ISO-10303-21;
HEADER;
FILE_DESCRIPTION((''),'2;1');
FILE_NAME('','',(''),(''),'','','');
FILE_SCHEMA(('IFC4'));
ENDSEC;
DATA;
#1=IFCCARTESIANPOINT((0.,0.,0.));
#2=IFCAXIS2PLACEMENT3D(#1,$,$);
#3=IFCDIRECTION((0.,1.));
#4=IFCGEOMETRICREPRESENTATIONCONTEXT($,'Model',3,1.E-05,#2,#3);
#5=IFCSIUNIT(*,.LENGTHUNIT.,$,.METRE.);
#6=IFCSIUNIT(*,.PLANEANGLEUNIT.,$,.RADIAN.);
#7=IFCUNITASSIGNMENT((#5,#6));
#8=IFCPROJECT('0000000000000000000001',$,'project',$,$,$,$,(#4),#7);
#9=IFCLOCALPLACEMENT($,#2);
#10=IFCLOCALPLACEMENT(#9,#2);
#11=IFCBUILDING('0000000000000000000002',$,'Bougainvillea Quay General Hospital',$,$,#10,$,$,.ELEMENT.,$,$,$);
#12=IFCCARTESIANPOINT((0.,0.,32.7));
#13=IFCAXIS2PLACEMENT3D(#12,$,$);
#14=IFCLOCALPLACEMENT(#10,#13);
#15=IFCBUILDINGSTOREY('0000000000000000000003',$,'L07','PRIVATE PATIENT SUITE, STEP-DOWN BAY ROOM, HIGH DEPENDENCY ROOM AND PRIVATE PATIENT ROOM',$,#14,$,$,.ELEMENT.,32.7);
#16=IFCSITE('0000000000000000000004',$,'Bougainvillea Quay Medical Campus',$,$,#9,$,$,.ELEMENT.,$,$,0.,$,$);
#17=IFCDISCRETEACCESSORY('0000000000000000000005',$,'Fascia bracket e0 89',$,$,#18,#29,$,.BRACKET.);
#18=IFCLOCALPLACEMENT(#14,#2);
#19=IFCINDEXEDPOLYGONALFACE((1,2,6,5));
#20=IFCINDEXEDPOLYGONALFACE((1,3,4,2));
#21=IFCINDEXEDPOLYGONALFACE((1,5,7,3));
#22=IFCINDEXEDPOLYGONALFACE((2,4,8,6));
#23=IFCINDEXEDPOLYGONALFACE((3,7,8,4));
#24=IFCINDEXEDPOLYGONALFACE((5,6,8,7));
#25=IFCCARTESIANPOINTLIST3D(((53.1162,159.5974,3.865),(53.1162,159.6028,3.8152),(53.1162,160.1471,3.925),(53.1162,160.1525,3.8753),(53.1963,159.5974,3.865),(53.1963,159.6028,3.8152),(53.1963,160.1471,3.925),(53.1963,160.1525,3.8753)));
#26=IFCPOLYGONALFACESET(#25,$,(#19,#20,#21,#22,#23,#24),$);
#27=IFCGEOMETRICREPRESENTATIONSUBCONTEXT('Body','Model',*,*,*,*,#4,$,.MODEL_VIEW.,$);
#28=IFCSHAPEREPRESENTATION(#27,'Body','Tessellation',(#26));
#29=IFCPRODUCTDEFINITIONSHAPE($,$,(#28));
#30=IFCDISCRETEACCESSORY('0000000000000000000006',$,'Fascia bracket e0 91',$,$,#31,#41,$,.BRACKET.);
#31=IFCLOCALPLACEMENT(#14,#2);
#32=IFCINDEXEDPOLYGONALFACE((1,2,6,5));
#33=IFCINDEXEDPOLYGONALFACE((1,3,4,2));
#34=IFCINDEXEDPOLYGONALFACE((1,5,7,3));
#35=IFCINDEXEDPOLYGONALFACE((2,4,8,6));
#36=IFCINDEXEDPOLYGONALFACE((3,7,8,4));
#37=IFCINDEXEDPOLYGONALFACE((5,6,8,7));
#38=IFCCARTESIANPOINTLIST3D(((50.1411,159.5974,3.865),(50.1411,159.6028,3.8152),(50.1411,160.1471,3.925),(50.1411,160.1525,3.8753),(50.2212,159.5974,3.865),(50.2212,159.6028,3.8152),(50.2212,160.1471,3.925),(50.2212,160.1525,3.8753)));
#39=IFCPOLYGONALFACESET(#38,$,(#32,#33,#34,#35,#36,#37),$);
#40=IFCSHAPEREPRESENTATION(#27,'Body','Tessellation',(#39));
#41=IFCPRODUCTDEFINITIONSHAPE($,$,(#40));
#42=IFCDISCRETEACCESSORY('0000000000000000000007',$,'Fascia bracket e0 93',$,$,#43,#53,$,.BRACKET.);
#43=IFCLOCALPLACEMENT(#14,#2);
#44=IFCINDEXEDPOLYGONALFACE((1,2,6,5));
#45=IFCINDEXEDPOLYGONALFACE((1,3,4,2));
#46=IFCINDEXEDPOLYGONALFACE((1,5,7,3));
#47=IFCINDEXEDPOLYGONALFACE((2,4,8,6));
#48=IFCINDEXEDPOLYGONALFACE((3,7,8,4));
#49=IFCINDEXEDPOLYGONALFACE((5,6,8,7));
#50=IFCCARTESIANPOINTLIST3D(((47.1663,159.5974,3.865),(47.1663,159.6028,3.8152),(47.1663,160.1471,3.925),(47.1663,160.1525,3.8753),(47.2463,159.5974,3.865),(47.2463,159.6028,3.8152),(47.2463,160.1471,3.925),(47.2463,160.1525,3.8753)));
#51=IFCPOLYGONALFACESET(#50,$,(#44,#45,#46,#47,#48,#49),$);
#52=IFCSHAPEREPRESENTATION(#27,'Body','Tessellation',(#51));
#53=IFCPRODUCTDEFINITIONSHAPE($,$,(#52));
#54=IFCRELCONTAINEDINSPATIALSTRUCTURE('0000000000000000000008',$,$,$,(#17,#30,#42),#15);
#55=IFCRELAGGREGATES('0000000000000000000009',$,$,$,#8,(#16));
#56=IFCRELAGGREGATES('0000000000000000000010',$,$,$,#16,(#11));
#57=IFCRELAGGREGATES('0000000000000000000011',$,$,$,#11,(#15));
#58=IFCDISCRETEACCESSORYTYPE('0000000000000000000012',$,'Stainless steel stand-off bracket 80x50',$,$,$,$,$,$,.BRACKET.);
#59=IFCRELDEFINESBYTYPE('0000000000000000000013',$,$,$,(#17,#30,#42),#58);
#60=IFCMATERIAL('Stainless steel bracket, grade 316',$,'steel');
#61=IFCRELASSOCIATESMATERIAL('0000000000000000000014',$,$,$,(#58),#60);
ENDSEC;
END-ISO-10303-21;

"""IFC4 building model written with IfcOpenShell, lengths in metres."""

from ifc_helpers import new_model, si_unit, direction, frame, origin, origin_2d, place, context, subcontext, project, spatial, rectangle, extrude, material, material_profile, profile_set, type_object, element, save


model = new_model("IFC4")

# Units and contexts
model_context = context("Model", 3, precision=1e-05, world=origin(), true_north=direction((0.0, 1.0)))
body_context = subcontext(model_context, "Body", "Model", "MODEL_VIEW")
ifc_project = project(units=[si_unit("LENGTHUNIT", "METRE"), si_unit("PLANEANGLEUNIT", "RADIAN")], contexts=[model_context])

# Site, building, storey
site_placement = place(None, origin())
site = spatial("IfcSite", under=ifc_project, at=site_placement, Name="Bougainvillea Quay Medical Campus", CompositionType="ELEMENT", RefElevation=0.0)
building_placement = place(site_placement, origin())
building = spatial("IfcBuilding", under=site, at=building_placement, Name="Bougainvillea Quay General Hospital", CompositionType="ELEMENT")
storey_placement = place(building_placement, frame((0.0, 0.0, 32.7)))
storey = spatial("IfcBuildingStorey", under=building, at=storey_placement, Name="L07", Description="PRIVATE PATIENT SUITE, STEP-DOWN BAY ROOM, HIGH DEPENDENCY ROOM AND PRIVATE PATIENT ROOM", CompositionType="ELEMENT", Elevation=32.7)

# Discrete accessories
ifc_material_1 = material(Name="Stainless steel bracket, grade 316", Category="steel")
ifc_material_profile_1 = material_profile(ifc_material_1, rectangle(XDim=0.0801, YDim=0.05, at=origin_2d()))
ifc_profile_set_1 = profile_set([ifc_material_profile_1], Name="Stainless steel bracket, grade 316")
discrete_accessory_type_1 = type_object("IfcDiscreteAccessoryType", Name="Stainless steel stand-off bracket 80x50", PredefinedType="BRACKET", material=ifc_profile_set_1)
for number, where, z_axis, x_axis, name in (
    (1, (53.1562, 159.6001, 3.8401), (0.0, 0.994087, 0.10859), (-1.0, 0.0, 0.0), "Fascia bracket e0 89"),
    (2, (50.1812, 159.6001, 3.8401), (0.0, 0.994087, 0.10859), (-1.0, 0.0, 0.0), "Fascia bracket e0 91"),
    (3, (47.2063, 159.6001, 3.8401), (0.0, 0.994087, 0.10859), (-1.0, 0.0, 0.0), "Fascia bracket e0 93"),
):
    element("IfcDiscreteAccessory", number, at=place(storey_placement, frame(where, z_axis=z_axis, x_axis=x_axis)), inside=storey, type_object=discrete_accessory_type_1, Name=name, PredefinedType="BRACKET", context=body_context, shape_type="SweptSolid", body=[
        extrude(rectangle(XDim=0.0801, YDim=0.05, at=origin_2d()), origin(), (0.0, 0.0, 1.0), 0.553),
    ])

save(model, "model.ifc")
